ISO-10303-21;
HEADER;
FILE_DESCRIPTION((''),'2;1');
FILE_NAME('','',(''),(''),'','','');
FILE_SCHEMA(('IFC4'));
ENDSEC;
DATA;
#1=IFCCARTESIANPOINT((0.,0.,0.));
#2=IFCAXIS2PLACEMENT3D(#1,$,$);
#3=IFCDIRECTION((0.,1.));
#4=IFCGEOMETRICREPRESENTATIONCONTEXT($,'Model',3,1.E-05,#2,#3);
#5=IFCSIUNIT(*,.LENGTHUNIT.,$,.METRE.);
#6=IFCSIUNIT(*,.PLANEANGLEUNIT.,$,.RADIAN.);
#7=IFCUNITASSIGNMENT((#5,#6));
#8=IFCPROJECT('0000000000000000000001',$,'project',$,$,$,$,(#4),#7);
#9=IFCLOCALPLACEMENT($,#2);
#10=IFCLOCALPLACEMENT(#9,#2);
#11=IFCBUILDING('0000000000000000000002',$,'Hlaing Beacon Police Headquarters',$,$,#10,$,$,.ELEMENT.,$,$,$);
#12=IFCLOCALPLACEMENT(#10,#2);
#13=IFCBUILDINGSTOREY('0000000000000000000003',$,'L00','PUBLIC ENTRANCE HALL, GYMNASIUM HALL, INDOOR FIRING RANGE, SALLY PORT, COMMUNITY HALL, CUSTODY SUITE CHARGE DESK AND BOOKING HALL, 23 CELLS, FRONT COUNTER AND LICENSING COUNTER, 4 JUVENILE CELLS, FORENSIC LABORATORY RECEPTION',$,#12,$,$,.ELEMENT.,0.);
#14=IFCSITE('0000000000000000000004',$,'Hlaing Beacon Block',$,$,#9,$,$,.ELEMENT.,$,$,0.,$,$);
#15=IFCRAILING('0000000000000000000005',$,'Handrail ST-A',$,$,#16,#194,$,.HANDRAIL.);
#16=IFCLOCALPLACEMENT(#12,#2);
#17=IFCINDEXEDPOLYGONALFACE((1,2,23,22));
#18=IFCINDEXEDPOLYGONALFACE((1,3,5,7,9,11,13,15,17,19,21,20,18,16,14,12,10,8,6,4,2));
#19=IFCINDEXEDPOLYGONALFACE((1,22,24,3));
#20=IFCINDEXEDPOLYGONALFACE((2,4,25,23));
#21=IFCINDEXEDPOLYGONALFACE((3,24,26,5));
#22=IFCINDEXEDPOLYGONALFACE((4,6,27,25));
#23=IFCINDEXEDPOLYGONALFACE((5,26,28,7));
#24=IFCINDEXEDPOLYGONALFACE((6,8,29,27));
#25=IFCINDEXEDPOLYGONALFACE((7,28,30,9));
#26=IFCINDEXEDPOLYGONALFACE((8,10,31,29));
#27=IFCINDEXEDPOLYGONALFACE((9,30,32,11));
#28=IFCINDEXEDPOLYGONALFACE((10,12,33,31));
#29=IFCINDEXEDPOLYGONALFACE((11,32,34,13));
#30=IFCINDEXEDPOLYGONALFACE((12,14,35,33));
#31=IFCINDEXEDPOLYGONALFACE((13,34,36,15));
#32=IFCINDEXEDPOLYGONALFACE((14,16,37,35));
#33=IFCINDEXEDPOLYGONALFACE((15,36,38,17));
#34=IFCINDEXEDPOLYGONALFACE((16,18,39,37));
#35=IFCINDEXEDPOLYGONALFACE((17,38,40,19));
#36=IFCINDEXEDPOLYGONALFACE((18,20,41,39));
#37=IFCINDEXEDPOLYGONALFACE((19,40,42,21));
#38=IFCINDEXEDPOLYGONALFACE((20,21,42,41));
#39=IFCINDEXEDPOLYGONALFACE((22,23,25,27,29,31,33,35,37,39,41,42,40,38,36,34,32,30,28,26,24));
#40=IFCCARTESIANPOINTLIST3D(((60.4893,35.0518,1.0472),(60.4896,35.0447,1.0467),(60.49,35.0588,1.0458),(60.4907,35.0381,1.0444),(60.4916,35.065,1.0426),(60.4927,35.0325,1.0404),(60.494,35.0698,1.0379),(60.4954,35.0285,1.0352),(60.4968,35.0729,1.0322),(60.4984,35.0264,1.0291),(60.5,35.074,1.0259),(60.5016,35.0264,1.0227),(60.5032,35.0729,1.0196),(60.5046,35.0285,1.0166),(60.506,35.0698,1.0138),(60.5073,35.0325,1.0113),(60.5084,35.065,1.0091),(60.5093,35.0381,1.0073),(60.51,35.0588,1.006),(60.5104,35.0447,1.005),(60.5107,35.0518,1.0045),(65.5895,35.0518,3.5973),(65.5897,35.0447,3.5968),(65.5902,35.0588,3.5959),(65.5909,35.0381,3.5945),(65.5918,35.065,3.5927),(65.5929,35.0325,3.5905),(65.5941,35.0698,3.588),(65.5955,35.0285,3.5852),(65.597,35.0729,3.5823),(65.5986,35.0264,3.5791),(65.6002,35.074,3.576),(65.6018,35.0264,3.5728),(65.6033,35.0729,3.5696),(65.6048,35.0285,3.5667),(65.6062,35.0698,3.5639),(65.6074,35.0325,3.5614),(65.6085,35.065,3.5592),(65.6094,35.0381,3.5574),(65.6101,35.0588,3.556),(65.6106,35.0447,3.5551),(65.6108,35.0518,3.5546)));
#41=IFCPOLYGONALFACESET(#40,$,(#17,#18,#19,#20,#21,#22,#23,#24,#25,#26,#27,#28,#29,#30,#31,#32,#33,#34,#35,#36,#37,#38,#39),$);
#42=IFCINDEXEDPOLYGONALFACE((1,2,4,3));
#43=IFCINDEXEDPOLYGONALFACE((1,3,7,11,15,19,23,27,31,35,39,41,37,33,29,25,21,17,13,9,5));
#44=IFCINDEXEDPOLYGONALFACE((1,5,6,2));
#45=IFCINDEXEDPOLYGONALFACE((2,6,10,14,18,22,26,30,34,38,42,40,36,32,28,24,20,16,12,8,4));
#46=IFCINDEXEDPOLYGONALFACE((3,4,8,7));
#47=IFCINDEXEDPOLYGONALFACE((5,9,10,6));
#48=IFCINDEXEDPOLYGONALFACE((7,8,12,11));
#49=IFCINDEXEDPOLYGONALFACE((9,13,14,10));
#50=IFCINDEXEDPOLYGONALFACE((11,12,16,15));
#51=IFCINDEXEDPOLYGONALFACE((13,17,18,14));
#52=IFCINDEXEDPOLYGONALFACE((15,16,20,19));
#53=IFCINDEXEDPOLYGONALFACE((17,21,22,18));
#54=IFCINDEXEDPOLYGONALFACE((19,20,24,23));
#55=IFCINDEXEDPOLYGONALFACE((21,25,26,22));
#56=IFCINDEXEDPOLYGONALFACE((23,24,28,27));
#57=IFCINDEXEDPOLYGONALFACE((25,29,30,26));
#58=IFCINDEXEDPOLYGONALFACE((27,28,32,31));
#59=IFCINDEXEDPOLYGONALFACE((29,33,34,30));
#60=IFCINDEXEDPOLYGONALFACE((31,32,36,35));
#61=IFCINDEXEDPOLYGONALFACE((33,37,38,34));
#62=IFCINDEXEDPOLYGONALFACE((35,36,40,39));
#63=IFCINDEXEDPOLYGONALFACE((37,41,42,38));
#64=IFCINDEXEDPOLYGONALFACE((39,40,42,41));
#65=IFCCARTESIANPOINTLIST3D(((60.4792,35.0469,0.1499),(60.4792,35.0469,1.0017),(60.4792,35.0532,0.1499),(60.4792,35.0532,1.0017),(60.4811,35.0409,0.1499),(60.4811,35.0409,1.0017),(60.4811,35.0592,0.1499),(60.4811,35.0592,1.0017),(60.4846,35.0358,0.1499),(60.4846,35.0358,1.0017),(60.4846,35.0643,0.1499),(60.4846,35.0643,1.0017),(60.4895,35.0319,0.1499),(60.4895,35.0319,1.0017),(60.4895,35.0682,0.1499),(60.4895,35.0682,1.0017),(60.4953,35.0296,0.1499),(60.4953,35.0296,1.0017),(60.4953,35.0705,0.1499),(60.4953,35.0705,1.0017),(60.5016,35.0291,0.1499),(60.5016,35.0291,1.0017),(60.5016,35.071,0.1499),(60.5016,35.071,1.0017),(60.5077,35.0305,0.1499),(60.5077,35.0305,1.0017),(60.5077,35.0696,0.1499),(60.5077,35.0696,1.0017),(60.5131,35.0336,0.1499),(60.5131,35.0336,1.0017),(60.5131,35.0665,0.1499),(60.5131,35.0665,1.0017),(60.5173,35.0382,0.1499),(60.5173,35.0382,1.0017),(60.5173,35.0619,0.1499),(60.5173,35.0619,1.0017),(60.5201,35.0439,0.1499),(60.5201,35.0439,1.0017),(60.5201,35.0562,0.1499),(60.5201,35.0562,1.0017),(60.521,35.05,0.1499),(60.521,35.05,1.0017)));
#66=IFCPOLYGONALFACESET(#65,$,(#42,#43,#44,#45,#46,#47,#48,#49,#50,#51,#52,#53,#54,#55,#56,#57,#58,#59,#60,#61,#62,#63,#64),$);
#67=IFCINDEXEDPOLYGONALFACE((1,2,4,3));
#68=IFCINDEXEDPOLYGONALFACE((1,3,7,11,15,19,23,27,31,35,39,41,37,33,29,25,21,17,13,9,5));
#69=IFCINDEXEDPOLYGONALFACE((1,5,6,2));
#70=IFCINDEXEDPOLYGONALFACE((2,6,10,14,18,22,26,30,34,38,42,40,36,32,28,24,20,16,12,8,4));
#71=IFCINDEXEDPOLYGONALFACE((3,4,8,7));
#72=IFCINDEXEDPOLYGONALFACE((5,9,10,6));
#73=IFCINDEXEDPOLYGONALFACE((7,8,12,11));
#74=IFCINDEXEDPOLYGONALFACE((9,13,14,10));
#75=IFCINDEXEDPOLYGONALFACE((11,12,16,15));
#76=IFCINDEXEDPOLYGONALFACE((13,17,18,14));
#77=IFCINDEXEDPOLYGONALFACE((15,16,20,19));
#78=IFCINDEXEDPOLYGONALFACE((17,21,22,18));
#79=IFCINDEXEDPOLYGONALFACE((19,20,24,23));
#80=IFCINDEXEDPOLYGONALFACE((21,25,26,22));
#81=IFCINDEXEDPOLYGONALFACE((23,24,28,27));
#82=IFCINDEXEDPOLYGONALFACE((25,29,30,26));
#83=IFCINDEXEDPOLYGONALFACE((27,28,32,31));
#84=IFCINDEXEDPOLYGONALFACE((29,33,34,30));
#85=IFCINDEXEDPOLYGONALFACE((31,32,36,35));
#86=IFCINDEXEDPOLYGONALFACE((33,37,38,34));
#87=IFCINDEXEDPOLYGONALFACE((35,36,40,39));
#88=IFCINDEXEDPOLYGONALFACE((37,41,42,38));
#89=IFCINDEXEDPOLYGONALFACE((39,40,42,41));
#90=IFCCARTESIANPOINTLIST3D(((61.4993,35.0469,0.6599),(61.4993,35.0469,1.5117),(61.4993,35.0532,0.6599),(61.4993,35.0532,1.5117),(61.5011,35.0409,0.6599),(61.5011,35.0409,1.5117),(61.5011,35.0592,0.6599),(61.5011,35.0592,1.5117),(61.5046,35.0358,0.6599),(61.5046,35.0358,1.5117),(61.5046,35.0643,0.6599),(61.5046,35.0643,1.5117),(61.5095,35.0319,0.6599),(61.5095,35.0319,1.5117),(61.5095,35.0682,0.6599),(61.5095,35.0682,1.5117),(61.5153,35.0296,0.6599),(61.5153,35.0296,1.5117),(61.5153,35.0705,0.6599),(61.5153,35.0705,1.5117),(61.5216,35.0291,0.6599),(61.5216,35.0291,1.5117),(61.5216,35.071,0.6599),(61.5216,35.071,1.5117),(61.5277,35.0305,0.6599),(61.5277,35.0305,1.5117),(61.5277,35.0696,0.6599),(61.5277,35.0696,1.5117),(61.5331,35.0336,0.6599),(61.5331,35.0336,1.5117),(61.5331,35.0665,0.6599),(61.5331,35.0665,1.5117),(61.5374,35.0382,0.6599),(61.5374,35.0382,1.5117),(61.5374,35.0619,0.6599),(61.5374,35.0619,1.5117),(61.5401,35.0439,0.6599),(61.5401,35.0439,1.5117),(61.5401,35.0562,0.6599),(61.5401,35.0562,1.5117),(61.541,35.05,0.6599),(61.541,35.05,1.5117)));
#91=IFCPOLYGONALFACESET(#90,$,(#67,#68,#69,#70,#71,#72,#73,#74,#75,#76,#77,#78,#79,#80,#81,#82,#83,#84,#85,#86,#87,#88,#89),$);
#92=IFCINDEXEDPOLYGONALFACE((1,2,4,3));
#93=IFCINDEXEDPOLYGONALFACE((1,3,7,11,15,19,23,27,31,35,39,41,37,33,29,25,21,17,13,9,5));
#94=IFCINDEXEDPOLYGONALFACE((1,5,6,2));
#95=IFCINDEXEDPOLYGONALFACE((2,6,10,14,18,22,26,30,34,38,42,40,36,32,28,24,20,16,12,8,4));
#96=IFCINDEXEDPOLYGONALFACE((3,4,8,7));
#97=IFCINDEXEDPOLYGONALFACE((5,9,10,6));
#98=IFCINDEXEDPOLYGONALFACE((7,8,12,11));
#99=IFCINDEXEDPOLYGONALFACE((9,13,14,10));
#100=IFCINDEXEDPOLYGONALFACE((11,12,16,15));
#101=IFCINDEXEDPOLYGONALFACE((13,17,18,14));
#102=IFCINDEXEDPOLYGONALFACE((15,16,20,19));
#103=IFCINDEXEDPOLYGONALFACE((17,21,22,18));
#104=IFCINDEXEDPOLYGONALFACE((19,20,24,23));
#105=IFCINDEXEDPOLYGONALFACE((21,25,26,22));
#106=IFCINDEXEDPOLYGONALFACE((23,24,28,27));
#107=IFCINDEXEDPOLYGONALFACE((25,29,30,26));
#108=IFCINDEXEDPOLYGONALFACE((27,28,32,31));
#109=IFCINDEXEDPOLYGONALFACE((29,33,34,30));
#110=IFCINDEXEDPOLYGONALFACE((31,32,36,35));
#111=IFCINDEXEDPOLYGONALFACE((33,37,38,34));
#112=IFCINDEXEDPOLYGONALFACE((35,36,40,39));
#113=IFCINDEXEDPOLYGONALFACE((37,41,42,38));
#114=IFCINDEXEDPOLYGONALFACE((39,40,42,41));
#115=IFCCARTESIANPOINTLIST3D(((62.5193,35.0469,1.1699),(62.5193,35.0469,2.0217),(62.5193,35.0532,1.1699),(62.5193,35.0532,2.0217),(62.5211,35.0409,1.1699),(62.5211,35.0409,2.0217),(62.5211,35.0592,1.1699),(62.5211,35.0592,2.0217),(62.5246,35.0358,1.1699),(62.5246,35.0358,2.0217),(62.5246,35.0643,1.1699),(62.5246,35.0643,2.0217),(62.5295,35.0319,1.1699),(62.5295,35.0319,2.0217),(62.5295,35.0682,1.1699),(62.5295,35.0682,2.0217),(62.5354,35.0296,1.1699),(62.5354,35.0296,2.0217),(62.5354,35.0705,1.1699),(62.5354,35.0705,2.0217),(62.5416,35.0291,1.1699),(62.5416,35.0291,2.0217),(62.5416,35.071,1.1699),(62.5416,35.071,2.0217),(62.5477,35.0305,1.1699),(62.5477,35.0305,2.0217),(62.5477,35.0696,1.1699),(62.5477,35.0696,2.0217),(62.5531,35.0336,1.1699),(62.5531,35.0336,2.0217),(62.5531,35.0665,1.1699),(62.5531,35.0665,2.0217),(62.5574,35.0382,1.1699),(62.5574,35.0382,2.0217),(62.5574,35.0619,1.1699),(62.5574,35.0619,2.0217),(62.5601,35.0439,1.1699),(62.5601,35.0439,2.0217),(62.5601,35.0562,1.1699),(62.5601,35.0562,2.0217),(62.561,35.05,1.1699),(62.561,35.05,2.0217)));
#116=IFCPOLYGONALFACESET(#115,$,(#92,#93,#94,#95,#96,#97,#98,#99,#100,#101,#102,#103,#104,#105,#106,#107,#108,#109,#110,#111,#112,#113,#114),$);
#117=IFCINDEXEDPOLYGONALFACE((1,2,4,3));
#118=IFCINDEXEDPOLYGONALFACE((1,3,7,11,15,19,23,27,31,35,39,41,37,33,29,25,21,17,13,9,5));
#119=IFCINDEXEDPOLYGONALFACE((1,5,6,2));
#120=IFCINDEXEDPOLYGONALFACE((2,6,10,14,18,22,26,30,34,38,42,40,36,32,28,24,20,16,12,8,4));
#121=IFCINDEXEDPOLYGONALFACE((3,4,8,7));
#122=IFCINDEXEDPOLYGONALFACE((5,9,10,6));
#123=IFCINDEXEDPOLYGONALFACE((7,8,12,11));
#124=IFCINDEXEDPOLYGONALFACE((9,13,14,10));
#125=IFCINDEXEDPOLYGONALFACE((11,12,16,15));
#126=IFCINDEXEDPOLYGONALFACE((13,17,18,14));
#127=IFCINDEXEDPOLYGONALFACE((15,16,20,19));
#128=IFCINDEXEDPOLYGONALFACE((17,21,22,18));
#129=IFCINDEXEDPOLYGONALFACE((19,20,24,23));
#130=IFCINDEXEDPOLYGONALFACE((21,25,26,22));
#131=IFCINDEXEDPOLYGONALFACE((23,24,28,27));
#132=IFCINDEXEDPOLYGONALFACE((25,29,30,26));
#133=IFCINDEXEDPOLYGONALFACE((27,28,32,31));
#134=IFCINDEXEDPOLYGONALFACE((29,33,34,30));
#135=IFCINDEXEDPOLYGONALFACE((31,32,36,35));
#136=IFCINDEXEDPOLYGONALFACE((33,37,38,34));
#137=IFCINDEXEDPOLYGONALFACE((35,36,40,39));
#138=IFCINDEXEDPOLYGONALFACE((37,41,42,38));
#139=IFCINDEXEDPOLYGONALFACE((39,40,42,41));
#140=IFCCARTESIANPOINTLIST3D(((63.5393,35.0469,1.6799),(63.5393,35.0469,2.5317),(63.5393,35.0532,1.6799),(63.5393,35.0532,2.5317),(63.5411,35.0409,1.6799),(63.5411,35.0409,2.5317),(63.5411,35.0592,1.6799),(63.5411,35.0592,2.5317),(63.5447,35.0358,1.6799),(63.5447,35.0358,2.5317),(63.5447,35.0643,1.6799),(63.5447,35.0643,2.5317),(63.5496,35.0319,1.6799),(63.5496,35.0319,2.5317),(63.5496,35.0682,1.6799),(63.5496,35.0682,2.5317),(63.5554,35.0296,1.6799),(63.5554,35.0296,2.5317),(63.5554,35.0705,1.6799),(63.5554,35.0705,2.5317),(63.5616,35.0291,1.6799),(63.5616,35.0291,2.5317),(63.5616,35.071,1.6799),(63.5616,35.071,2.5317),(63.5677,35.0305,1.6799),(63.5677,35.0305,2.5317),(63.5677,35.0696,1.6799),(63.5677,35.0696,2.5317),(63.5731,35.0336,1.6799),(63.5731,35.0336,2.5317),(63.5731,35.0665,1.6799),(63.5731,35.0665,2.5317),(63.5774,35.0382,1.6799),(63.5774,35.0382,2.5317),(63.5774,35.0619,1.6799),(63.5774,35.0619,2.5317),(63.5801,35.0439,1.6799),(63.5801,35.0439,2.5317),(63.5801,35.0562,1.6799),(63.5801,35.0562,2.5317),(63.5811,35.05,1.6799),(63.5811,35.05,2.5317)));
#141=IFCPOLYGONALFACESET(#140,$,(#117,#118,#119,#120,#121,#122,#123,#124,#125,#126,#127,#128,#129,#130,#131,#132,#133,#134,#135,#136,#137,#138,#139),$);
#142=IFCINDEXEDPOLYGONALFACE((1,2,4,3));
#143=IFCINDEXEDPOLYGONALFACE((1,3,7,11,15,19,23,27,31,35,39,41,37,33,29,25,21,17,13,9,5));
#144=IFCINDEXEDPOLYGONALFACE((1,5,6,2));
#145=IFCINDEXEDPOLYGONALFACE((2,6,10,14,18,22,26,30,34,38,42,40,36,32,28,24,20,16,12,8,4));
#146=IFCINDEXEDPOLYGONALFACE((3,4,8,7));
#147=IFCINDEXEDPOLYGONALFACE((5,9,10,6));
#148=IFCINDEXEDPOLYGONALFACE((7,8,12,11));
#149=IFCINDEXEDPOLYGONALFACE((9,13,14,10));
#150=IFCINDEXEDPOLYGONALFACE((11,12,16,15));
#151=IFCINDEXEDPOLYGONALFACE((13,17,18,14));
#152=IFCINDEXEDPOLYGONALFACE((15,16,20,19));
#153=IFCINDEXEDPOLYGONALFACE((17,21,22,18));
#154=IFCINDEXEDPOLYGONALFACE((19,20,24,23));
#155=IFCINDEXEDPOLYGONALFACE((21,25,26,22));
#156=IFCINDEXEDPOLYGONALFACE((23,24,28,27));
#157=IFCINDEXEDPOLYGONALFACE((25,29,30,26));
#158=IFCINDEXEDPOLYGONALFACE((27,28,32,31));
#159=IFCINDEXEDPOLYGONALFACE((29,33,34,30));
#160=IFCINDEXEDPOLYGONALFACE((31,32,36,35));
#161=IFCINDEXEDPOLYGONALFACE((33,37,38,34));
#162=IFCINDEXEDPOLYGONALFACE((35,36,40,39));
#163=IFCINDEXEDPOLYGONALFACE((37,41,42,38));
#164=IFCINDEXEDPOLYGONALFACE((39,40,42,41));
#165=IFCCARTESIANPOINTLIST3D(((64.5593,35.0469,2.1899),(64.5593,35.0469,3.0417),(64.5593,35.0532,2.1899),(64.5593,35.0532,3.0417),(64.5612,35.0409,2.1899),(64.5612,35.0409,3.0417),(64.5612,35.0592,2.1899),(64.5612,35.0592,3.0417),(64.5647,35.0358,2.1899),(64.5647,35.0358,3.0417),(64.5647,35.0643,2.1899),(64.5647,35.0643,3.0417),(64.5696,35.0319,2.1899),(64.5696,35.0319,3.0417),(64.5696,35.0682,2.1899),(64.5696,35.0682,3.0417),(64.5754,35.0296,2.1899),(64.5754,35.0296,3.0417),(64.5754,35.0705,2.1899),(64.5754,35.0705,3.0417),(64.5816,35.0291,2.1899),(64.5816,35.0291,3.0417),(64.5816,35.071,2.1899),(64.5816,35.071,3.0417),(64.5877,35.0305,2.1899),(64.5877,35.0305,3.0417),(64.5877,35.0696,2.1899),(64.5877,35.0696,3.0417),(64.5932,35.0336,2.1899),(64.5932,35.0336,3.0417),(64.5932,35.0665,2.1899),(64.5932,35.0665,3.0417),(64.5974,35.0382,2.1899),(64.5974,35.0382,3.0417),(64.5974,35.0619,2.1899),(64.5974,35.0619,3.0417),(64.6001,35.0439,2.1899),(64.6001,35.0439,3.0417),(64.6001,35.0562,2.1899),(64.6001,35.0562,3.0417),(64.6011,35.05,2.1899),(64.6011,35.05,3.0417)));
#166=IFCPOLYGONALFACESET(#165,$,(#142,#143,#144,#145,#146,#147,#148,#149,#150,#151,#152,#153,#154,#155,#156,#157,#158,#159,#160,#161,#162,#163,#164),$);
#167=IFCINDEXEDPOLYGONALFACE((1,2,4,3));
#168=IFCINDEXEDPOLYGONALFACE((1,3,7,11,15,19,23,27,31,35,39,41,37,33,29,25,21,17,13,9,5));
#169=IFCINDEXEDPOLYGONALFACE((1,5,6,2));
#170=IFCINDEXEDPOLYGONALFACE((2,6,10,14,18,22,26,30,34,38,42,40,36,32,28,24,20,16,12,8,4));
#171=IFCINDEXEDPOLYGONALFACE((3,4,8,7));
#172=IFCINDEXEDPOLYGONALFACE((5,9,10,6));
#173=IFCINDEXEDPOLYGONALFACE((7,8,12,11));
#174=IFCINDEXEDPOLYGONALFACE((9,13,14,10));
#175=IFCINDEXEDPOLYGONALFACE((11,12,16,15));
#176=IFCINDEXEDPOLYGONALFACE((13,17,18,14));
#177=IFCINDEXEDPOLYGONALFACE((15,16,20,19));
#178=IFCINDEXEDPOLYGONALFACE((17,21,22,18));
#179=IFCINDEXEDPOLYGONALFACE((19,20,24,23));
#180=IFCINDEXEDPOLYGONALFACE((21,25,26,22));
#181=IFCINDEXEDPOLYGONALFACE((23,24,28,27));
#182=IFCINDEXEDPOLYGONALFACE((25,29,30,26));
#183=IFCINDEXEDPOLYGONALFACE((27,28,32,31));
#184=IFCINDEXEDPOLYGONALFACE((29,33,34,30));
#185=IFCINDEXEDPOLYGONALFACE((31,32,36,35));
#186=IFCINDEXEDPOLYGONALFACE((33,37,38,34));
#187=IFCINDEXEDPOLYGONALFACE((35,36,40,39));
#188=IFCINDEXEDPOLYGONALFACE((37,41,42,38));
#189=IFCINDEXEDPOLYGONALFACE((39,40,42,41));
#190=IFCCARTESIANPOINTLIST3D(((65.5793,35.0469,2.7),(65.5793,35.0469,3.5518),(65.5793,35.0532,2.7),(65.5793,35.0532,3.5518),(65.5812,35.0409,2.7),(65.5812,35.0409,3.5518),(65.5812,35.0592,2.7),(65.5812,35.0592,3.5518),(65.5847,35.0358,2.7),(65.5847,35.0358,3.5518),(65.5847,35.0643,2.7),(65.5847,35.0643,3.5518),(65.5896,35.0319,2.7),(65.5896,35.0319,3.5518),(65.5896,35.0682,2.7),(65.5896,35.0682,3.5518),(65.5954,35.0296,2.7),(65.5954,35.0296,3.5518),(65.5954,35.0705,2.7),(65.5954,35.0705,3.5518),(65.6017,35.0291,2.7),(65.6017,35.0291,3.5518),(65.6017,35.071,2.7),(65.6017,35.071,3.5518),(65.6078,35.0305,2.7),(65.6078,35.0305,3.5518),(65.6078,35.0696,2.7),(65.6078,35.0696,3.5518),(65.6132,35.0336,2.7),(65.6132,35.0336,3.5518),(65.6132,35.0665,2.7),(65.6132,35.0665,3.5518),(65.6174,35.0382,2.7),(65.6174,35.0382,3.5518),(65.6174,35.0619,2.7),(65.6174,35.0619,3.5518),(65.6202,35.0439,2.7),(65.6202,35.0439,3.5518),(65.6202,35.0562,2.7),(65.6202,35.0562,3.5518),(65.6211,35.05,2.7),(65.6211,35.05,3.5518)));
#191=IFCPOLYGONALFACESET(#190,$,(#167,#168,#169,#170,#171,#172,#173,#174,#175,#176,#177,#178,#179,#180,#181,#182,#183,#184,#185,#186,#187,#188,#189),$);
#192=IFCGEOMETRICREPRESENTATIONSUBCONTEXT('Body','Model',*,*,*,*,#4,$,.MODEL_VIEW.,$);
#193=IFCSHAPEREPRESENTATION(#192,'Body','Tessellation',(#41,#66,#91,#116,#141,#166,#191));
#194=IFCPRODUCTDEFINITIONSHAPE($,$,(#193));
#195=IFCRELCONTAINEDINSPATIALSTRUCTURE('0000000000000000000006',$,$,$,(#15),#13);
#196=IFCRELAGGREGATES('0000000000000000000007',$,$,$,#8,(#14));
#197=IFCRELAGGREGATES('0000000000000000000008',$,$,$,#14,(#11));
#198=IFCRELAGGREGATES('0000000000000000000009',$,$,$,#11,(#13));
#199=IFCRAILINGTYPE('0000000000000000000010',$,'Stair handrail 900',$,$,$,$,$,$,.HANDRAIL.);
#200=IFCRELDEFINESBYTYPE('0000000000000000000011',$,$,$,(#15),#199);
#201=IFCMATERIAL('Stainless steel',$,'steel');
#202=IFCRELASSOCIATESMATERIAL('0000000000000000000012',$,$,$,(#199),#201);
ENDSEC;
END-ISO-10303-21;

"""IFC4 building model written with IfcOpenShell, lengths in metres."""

from ifc_helpers import new_model, si_unit, direction, frame, origin, origin_2d, place, context, subcontext, project, spatial, circle, extrude, material, type_object, element, save


model = new_model("IFC4")

# Units and contexts
model_context = context("Model", 3, precision=1e-05, world=origin(), true_north=direction((0.0, 1.0)))
body_context = subcontext(model_context, "Body", "Model", "MODEL_VIEW")
ifc_project = project(units=[si_unit("LENGTHUNIT", "METRE"), si_unit("PLANEANGLEUNIT", "RADIAN")], contexts=[model_context])

# Site, building, storey
site_placement = place(None, origin())
site = spatial("IfcSite", under=ifc_project, at=site_placement, Name="Hlaing Beacon Block", CompositionType="ELEMENT", RefElevation=0.0)
building_placement = place(site_placement, origin())
building = spatial("IfcBuilding", under=site, at=building_placement, Name="Hlaing Beacon Police Headquarters", CompositionType="ELEMENT")
storey_placement = place(building_placement, origin())
storey = spatial("IfcBuildingStorey", under=building, at=storey_placement, Name="L00", Description="PUBLIC ENTRANCE HALL, GYMNASIUM HALL, INDOOR FIRING RANGE, SALLY PORT, COMMUNITY HALL, CUSTODY SUITE CHARGE DESK AND BOOKING HALL, 23 CELLS, FRONT COUNTER AND LICENSING COUNTER, 4 JUVENILE CELLS, FORENSIC LABORATORY RECEPTION", CompositionType="ELEMENT", Elevation=0.0)

# Railing
ifc_material_1 = material(Name="Stainless steel", Category="steel")
railing_type_1 = type_object("IfcRailingType", Name="Stair handrail 900", PredefinedType="HANDRAIL", material=ifc_material_1)
for number, where, name in (
    (1, (60.5, 35.05, 0.1499), "Handrail ST-A"),
):
    element("IfcRailing", number, at=place(storey_placement, frame(where)), inside=storey, type_object=railing_type_1, Name=name, PredefinedType="HANDRAIL", context=body_context, shape_type="SweptSolid", body=[
        extrude(circle(Radius=0.0239, at=origin_2d()), frame((0.0, 0.0, 0.876), z_axis=(0.894427, 0.0, 0.447214), x_axis=(0.0, 1.0, 0.0)), (0.0, 0.0, 1.0), 5.7021),
        extrude(circle(Radius=0.021, at=origin_2d()), origin(), (0.0, 0.0, 1.0), 0.8518),
        extrude(circle(Radius=0.021, at=origin_2d()), frame((1.02, 0.0, 0.51)), (0.0, 0.0, 1.0), 0.8518),
        extrude(circle(Radius=0.021, at=origin_2d()), frame((2.04, 0.0, 1.02)), (0.0, 0.0, 1.0), 0.8518),
        extrude(circle(Radius=0.021, at=origin_2d()), frame((3.0601, 0.0, 1.53)), (0.0, 0.0, 1.0), 0.8518),
        extrude(circle(Radius=0.021, at=origin_2d()), frame((4.0801, 0.0, 2.04)), (0.0, 0.0, 1.0), 0.8518),
        extrude(circle(Radius=0.021, at=origin_2d()), frame((5.1001, 0.0, 2.55)), (0.0, 0.0, 1.0), 0.8518),
    ])

save(model, "model.ifc")
